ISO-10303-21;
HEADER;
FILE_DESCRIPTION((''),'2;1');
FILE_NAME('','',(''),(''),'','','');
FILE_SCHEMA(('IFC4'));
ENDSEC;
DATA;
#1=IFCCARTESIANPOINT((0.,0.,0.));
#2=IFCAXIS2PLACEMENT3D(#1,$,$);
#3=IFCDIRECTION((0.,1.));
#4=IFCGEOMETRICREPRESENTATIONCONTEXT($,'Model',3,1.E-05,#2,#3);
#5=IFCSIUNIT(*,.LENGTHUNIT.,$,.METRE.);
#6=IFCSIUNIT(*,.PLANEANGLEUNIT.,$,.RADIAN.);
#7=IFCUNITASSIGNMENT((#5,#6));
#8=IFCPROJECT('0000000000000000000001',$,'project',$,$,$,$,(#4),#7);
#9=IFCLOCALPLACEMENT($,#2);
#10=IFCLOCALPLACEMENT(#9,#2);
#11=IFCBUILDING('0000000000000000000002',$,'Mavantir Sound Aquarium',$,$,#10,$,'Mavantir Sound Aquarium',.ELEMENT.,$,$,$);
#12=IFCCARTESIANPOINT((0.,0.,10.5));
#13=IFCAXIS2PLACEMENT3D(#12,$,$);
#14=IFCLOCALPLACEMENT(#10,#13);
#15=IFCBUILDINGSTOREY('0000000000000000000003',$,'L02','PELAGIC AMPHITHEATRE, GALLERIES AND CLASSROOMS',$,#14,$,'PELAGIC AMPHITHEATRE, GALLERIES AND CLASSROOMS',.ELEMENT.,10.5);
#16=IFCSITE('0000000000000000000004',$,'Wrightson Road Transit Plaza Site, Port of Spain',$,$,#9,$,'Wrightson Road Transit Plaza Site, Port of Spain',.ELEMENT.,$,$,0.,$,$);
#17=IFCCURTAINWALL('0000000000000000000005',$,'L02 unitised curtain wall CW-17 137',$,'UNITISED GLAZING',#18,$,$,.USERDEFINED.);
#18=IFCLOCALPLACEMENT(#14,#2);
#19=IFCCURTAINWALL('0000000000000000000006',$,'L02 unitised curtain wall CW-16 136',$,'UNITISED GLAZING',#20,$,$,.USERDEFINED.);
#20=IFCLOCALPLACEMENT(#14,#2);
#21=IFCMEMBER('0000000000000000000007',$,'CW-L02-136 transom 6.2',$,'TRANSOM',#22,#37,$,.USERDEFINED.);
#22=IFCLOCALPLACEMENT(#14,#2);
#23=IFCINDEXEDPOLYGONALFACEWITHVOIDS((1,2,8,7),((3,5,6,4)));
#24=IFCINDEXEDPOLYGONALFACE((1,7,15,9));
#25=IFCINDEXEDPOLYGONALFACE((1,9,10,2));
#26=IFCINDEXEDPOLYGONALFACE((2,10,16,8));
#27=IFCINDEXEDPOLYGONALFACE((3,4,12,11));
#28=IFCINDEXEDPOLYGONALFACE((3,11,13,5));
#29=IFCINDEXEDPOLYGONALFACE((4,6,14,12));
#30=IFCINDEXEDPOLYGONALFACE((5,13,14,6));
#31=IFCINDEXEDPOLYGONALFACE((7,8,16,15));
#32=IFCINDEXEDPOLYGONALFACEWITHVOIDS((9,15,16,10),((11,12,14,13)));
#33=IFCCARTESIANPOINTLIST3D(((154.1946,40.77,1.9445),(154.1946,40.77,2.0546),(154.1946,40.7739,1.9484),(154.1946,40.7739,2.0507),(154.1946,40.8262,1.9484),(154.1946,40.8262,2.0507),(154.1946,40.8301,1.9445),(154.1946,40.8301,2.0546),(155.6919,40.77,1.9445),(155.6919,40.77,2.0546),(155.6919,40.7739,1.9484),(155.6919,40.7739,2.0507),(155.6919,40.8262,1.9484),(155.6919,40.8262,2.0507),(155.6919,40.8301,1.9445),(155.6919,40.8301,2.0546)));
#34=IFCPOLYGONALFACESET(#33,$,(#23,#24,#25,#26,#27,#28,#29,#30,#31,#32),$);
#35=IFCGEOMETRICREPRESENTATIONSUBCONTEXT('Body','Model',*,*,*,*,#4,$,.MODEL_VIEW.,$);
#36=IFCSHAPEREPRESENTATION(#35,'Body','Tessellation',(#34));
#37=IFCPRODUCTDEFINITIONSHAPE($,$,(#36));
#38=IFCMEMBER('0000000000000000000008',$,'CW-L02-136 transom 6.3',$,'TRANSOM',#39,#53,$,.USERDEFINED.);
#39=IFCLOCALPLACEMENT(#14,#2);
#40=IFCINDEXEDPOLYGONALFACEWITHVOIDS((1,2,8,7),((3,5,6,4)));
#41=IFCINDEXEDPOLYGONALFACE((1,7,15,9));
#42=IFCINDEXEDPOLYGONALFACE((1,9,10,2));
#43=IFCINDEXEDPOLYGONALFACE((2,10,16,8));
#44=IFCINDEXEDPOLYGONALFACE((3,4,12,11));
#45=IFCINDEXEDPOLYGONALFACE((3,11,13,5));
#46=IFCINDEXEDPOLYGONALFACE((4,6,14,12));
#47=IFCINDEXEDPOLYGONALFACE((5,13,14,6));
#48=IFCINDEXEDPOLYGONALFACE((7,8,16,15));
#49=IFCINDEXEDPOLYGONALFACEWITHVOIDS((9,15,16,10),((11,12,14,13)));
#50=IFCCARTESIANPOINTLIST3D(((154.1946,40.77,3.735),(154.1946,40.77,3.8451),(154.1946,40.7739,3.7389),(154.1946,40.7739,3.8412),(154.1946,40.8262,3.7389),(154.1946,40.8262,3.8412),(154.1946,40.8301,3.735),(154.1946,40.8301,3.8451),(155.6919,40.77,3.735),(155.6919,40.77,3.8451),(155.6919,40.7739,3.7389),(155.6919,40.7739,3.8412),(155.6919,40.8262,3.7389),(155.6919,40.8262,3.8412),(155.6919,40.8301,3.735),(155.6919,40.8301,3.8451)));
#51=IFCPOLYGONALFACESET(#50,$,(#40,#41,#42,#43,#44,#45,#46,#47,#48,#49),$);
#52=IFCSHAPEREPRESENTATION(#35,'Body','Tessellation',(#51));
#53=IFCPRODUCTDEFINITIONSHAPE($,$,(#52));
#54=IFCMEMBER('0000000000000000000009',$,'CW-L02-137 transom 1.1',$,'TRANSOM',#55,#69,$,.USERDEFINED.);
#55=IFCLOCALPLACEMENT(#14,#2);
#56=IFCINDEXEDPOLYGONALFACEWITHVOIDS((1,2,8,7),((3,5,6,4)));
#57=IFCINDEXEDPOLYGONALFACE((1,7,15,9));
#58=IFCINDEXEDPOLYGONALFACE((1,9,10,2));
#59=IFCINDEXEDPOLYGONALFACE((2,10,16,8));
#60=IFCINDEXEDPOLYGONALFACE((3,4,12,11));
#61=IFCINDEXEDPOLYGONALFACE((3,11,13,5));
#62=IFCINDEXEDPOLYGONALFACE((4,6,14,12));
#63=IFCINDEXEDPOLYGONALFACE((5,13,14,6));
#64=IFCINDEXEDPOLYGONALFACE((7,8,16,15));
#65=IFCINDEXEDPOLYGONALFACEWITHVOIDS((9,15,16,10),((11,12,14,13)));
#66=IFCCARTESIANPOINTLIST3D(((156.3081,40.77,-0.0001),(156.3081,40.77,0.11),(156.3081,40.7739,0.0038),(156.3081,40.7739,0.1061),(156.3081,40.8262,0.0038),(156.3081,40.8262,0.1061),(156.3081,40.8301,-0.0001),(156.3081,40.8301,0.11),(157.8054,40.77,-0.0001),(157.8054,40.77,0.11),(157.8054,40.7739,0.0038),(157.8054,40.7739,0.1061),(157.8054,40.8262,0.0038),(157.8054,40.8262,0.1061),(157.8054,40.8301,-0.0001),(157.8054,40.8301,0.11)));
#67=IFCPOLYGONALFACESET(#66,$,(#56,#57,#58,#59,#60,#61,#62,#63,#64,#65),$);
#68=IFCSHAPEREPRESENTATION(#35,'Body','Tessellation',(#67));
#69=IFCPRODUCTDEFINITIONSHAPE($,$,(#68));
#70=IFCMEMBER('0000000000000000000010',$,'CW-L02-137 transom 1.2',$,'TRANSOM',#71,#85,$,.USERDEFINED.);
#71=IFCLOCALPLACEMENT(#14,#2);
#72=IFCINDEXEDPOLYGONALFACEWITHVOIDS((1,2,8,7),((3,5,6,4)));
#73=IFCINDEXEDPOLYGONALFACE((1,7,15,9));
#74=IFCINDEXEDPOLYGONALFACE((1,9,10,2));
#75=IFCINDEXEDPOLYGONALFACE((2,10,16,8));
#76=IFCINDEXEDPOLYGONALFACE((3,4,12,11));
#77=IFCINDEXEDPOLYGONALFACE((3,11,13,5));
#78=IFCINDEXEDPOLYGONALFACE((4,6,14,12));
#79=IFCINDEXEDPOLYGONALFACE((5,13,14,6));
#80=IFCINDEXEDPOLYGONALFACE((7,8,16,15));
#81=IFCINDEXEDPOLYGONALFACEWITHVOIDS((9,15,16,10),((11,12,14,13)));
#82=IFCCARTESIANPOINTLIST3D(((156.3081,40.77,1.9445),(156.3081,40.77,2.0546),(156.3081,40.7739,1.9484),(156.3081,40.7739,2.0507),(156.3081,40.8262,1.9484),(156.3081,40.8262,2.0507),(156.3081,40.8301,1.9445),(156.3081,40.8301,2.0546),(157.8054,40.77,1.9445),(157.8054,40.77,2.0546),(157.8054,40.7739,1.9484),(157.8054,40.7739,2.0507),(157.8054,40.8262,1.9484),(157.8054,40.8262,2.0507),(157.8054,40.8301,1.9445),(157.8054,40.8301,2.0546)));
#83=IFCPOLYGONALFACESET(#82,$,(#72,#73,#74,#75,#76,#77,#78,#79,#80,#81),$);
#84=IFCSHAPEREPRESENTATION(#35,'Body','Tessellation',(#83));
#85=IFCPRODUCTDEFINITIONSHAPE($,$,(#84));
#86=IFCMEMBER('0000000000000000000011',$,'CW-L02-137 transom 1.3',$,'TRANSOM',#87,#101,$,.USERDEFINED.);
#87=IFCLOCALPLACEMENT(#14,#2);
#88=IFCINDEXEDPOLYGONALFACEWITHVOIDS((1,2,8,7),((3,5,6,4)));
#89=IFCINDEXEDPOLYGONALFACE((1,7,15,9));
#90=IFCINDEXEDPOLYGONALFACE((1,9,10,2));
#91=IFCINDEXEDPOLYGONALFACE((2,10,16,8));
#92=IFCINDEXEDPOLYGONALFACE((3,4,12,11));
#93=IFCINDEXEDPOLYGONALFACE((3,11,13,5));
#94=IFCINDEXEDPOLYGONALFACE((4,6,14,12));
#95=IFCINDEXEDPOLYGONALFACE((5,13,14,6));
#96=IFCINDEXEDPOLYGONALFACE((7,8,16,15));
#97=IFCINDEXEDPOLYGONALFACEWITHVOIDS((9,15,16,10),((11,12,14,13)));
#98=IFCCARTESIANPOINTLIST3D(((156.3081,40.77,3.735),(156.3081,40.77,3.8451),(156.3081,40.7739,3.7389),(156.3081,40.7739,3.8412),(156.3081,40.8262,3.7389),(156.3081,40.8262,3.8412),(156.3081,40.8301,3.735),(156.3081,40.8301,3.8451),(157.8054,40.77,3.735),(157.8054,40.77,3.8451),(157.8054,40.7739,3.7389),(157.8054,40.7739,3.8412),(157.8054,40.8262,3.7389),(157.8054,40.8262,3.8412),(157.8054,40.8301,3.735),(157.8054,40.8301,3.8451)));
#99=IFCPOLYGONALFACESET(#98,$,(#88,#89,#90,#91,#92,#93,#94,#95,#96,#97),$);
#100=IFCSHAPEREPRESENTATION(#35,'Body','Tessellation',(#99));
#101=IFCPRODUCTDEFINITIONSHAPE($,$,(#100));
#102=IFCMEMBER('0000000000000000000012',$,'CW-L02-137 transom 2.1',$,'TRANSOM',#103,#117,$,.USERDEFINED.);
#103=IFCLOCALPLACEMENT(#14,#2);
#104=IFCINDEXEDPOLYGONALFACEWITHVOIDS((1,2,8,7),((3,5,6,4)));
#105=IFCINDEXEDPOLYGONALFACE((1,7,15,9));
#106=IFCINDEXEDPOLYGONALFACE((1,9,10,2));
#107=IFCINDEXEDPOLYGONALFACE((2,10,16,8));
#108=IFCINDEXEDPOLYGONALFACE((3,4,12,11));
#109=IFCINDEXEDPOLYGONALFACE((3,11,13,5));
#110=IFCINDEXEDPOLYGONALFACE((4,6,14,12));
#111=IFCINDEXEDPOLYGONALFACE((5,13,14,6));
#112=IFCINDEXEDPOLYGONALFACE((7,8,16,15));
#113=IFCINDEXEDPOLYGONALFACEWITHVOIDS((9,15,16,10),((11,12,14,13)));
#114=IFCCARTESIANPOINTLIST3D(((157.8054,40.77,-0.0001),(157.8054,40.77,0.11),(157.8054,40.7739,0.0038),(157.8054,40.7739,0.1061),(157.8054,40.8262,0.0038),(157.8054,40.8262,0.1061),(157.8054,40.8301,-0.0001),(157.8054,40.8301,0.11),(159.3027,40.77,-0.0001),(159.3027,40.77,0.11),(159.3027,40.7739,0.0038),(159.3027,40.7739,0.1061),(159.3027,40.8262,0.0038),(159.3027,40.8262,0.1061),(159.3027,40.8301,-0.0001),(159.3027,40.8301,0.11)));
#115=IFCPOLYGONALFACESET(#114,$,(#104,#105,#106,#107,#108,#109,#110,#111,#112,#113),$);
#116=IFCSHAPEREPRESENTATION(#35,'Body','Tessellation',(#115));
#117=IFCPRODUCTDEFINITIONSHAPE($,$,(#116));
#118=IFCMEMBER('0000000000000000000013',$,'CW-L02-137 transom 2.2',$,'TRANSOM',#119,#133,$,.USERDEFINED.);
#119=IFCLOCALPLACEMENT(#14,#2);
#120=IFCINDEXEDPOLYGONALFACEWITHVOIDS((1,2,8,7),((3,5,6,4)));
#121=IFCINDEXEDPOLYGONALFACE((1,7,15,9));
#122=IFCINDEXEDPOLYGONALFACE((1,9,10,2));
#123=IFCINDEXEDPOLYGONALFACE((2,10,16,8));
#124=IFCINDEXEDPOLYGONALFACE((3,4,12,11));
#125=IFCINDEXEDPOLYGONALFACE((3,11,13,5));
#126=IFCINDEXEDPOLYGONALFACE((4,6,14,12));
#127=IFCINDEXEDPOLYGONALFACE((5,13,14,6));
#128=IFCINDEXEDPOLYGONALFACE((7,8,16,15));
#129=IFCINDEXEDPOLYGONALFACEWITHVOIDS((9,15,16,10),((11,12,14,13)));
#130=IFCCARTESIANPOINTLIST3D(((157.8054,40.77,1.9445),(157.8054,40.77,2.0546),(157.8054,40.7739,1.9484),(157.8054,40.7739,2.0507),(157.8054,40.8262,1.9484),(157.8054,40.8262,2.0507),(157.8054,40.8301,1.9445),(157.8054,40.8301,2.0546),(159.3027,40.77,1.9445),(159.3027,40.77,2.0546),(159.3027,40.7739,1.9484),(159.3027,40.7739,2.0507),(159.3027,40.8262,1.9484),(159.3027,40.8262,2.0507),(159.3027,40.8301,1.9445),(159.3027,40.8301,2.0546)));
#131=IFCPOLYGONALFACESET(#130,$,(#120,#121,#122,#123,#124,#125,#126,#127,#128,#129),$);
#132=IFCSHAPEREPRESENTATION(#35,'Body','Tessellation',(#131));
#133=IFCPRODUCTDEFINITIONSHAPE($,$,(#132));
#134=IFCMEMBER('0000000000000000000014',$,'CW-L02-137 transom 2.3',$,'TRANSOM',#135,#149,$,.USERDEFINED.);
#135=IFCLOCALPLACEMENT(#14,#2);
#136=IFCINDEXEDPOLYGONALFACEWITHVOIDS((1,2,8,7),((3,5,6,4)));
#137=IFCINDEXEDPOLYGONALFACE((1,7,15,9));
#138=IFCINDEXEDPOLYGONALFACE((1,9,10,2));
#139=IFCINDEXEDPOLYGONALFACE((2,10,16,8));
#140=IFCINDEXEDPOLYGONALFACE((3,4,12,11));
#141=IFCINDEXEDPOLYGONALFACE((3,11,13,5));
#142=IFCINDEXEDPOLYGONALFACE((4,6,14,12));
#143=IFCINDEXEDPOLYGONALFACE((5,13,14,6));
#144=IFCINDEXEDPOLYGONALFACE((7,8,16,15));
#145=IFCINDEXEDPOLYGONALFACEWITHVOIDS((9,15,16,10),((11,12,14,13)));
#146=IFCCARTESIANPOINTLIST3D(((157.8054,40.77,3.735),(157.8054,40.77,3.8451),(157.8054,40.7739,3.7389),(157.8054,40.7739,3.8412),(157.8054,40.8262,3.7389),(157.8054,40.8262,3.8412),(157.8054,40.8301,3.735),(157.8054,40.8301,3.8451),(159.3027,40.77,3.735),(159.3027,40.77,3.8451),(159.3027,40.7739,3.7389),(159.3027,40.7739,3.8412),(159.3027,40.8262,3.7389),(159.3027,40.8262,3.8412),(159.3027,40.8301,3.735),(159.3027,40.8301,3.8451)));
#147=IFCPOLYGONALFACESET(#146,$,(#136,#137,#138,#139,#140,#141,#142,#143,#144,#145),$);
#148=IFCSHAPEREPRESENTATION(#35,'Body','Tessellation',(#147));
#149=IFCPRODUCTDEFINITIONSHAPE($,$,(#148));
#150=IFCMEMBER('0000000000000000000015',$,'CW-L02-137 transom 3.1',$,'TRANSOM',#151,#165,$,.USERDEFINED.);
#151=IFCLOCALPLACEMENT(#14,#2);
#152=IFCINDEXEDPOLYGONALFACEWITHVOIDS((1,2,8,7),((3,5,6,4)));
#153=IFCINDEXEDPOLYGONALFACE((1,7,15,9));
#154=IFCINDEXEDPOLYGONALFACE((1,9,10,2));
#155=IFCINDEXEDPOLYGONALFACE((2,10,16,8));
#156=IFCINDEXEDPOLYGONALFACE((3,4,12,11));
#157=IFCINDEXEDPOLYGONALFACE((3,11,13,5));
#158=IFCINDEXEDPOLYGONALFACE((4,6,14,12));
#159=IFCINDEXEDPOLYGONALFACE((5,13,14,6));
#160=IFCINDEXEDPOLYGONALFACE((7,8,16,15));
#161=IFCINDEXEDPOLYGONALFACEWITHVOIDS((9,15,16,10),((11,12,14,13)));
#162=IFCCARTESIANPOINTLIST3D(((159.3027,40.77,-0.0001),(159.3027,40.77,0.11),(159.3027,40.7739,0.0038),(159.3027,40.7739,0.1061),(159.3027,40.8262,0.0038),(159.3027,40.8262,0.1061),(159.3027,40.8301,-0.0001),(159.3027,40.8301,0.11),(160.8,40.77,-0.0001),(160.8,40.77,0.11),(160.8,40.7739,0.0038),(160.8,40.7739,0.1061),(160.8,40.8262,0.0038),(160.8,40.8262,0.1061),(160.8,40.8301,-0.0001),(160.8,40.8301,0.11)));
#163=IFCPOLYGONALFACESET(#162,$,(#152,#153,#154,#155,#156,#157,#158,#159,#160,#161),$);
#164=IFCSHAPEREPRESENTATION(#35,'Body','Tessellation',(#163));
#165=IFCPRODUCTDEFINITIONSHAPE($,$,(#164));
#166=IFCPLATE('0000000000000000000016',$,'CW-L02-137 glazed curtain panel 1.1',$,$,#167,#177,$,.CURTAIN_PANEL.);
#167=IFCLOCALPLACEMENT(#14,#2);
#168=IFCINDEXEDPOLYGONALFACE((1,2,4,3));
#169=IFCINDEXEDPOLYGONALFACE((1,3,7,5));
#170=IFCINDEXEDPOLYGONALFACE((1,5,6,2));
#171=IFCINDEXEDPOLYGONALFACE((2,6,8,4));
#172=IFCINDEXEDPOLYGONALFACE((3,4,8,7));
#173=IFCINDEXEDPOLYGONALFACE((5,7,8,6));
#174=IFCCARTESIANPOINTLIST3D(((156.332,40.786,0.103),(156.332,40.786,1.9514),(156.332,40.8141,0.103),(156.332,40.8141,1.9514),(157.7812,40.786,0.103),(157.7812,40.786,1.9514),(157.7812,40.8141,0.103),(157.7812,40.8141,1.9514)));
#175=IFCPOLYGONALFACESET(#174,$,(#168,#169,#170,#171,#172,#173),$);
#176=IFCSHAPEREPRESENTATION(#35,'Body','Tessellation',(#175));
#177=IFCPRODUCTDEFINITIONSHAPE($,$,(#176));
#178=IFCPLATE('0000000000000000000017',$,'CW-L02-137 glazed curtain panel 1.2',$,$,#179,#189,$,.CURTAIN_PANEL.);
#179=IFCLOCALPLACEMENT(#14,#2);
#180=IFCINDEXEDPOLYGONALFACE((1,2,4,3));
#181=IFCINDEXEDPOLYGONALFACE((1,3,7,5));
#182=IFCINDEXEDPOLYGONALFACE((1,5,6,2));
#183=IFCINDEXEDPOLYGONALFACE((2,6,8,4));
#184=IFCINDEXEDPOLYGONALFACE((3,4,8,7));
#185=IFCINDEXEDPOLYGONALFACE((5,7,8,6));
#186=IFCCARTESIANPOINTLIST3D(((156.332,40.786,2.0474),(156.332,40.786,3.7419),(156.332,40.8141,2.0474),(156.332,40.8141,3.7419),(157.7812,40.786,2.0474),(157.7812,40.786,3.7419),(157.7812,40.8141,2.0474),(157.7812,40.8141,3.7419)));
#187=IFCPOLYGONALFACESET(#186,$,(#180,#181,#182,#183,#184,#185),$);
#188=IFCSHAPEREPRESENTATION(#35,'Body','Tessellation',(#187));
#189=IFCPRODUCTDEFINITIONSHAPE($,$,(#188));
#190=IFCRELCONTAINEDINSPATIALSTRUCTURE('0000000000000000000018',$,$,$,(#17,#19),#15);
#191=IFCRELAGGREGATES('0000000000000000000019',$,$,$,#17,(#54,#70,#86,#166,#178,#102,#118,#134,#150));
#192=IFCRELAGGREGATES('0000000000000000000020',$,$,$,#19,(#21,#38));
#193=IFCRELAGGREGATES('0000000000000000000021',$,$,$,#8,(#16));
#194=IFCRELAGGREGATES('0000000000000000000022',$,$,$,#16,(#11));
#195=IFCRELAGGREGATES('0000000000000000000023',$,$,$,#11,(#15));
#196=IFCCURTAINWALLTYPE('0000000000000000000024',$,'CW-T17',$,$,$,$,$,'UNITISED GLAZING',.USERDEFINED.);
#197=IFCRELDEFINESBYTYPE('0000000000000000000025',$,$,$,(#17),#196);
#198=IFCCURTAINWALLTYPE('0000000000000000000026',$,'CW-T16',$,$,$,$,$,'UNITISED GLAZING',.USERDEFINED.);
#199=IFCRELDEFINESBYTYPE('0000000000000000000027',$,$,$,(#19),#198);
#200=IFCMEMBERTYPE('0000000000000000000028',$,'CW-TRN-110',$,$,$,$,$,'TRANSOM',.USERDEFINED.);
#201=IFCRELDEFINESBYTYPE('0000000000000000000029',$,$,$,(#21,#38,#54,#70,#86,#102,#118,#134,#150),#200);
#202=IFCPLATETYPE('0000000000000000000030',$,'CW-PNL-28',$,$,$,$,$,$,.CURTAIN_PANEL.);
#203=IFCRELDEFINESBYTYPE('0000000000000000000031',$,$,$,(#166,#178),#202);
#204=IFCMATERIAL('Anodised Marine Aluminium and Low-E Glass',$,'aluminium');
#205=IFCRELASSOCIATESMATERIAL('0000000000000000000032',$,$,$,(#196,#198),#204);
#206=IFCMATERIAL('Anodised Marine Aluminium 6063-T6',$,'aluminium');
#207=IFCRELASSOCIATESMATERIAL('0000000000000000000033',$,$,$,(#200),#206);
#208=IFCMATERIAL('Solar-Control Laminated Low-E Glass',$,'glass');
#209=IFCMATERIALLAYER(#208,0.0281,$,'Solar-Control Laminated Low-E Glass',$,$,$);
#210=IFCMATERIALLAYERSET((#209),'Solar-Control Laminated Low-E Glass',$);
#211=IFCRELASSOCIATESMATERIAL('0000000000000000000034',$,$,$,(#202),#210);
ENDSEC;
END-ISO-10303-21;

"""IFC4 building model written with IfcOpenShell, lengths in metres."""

from ifc_helpers import new_model, si_unit, direction, frame, origin, origin_2d, place, context, subcontext, project, spatial, rectangle, hollow_rectangle, extrude, material, layer, layer_set, material_profile, profile_set, type_object, element, aggregate, save


model = new_model("IFC4")

# Units and contexts
model_context = context("Model", 3, precision=1e-05, world=origin(), true_north=direction((0.0, 1.0)))
body_context = subcontext(model_context, "Body", "Model", "MODEL_VIEW")
ifc_project = project(units=[si_unit("LENGTHUNIT", "METRE"), si_unit("PLANEANGLEUNIT", "RADIAN")], contexts=[model_context])

# Site, building, storey
site_placement = place(None, origin())
site = spatial("IfcSite", under=ifc_project, at=site_placement, Name="Wrightson Road Transit Plaza Site, Port of Spain", LongName="Wrightson Road Transit Plaza Site, Port of Spain", CompositionType="ELEMENT", RefElevation=0.0)
building_placement = place(site_placement, origin())
building = spatial("IfcBuilding", under=site, at=building_placement, Name="Mavantir Sound Aquarium", LongName="Mavantir Sound Aquarium", CompositionType="ELEMENT")
storey_placement = place(building_placement, frame((0.0, 0.0, 10.5)))
storey = spatial("IfcBuildingStorey", under=building, at=storey_placement, Name="L02", Description="PELAGIC AMPHITHEATRE, GALLERIES AND CLASSROOMS", LongName="PELAGIC AMPHITHEATRE, GALLERIES AND CLASSROOMS", CompositionType="ELEMENT", Elevation=10.5)

# Curtain walls, members
ifc_material_1 = material(Name="Anodised Marine Aluminium and Low-E Glass", Category="aluminium")
curtain_wall_type_1 = type_object("IfcCurtainWallType", Name="CW-T17", ElementType="UNITISED GLAZING", PredefinedType="USERDEFINED", material=ifc_material_1)
curtain_wall_1_placement = place(storey_placement, origin())
curtain_wall_1 = element("IfcCurtainWall", 1, at=curtain_wall_1_placement, inside=storey, type_object=curtain_wall_type_1, Name="L02 unitised curtain wall CW-17 137", ObjectType="UNITISED GLAZING", PredefinedType="USERDEFINED")
ifc_material_2 = material(Name="Anodised Marine Aluminium 6063-T6", Category="aluminium")
curtain_wall_type_2 = type_object("IfcCurtainWallType", Name="CW-T16", ElementType="UNITISED GLAZING", PredefinedType="USERDEFINED", material=ifc_material_1)
curtain_wall_2_placement = place(storey_placement, origin())
curtain_wall_2 = element("IfcCurtainWall", 2, at=curtain_wall_2_placement, inside=storey, type_object=curtain_wall_type_2, Name="L02 unitised curtain wall CW-16 136", ObjectType="UNITISED GLAZING", PredefinedType="USERDEFINED")
ifc_material_profile_1 = material_profile(ifc_material_2, hollow_rectangle(XDim=0.0601, YDim=0.1101, WallThickness=0.0039, at=origin_2d()), Name="ALU-TRANSOM-110X60")
ifc_profile_set_1 = profile_set([ifc_material_profile_1], Name="Anodised Marine Aluminium 6063-T6")
member_type_1 = type_object("IfcMemberType", Name="CW-TRN-110", ElementType="TRANSOM", PredefinedType="USERDEFINED", material=ifc_profile_set_1)
member_1_placement = place(storey_placement, frame((154.1946, 40.8, 1.9995), z_axis=(1.0, 0.0, 0.0), x_axis=(0.0, 1.0, 0.0)))
member_1 = element("IfcMember", 3, at=member_1_placement, type_object=member_type_1, Name="CW-L02-136 transom 6.2", ObjectType="TRANSOM", PredefinedType="USERDEFINED", context=body_context, shape_type="SweptSolid", body=[
    extrude(hollow_rectangle(XDim=0.0601, YDim=0.1101, WallThickness=0.0039, at=origin_2d()), origin(), (0.0, 0.0, 1.0), 1.4973),
])
member_2_placement = place(storey_placement, frame((154.1946, 40.8, 3.79), z_axis=(1.0, 0.0, 0.0), x_axis=(0.0, 1.0, 0.0)))
member_2 = element("IfcMember", 4, at=member_2_placement, type_object=member_type_1, Name="CW-L02-136 transom 6.3", ObjectType="TRANSOM", PredefinedType="USERDEFINED", context=body_context, shape_type="SweptSolid", body=[
    extrude(hollow_rectangle(XDim=0.0601, YDim=0.1101, WallThickness=0.0039, at=origin_2d()), origin(), (0.0, 0.0, 1.0), 1.4973),
])

# Members
member_3_placement = place(storey_placement, frame((156.3081, 40.8, 0.0549), z_axis=(1.0, 0.0, 0.0), x_axis=(0.0, 1.0, 0.0)))
member_3 = element("IfcMember", 5, at=member_3_placement, type_object=member_type_1, Name="CW-L02-137 transom 1.1", ObjectType="TRANSOM", PredefinedType="USERDEFINED", context=body_context, shape_type="SweptSolid", body=[
    extrude(hollow_rectangle(XDim=0.0601, YDim=0.1101, WallThickness=0.0039, at=origin_2d()), origin(), (0.0, 0.0, 1.0), 1.4973),
])
member_4_placement = place(storey_placement, frame((156.3081, 40.8, 1.9995), z_axis=(1.0, 0.0, 0.0), x_axis=(0.0, 1.0, 0.0)))
member_4 = element("IfcMember", 6, at=member_4_placement, type_object=member_type_1, Name="CW-L02-137 transom 1.2", ObjectType="TRANSOM", PredefinedType="USERDEFINED", context=body_context, shape_type="SweptSolid", body=[
    extrude(hollow_rectangle(XDim=0.0601, YDim=0.1101, WallThickness=0.0039, at=origin_2d()), origin(), (0.0, 0.0, 1.0), 1.4973),
])
member_5_placement = place(storey_placement, frame((156.3081, 40.8, 3.79), z_axis=(1.0, 0.0, 0.0), x_axis=(0.0, 1.0, 0.0)))
member_5 = element("IfcMember", 7, at=member_5_placement, type_object=member_type_1, Name="CW-L02-137 transom 1.3", ObjectType="TRANSOM", PredefinedType="USERDEFINED", context=body_context, shape_type="SweptSolid", body=[
    extrude(hollow_rectangle(XDim=0.0601, YDim=0.1101, WallThickness=0.0039, at=origin_2d()), origin(), (0.0, 0.0, 1.0), 1.4973),
])
member_6_placement = place(storey_placement, frame((157.8054, 40.8, 0.0549), z_axis=(1.0, 0.0, 0.0), x_axis=(0.0, 1.0, 0.0)))
member_6 = element("IfcMember", 8, at=member_6_placement, type_object=member_type_1, Name="CW-L02-137 transom 2.1", ObjectType="TRANSOM", PredefinedType="USERDEFINED", context=body_context, shape_type="SweptSolid", body=[
    extrude(hollow_rectangle(XDim=0.0601, YDim=0.1101, WallThickness=0.0039, at=origin_2d()), origin(), (0.0, 0.0, 1.0), 1.4973),
])
member_7_placement = place(storey_placement, frame((157.8054, 40.8, 1.9995), z_axis=(1.0, 0.0, 0.0), x_axis=(0.0, 1.0, 0.0)))
member_7 = element("IfcMember", 9, at=member_7_placement, type_object=member_type_1, Name="CW-L02-137 transom 2.2", ObjectType="TRANSOM", PredefinedType="USERDEFINED", context=body_context, shape_type="SweptSolid", body=[
    extrude(hollow_rectangle(XDim=0.0601, YDim=0.1101, WallThickness=0.0039, at=origin_2d()), origin(), (0.0, 0.0, 1.0), 1.4973),
])
member_8_placement = place(storey_placement, frame((157.8054, 40.8, 3.79), z_axis=(1.0, 0.0, 0.0), x_axis=(0.0, 1.0, 0.0)))
member_8 = element("IfcMember", 10, at=member_8_placement, type_object=member_type_1, Name="CW-L02-137 transom 2.3", ObjectType="TRANSOM", PredefinedType="USERDEFINED", context=body_context, shape_type="SweptSolid", body=[
    extrude(hollow_rectangle(XDim=0.0601, YDim=0.1101, WallThickness=0.0039, at=origin_2d()), origin(), (0.0, 0.0, 1.0), 1.4973),
])
member_9_placement = place(storey_placement, frame((159.3027, 40.8, 0.0549), z_axis=(1.0, 0.0, 0.0), x_axis=(0.0, 1.0, 0.0)))
member_9 = element("IfcMember", 11, at=member_9_placement, type_object=member_type_1, Name="CW-L02-137 transom 3.1", ObjectType="TRANSOM", PredefinedType="USERDEFINED", context=body_context, shape_type="SweptSolid", body=[
    extrude(hollow_rectangle(XDim=0.0601, YDim=0.1101, WallThickness=0.0039, at=origin_2d()), origin(), (0.0, 0.0, 1.0), 1.4973),
])

# Plates
ifc_material_3 = material(Name="Solar-Control Laminated Low-E Glass", Category="glass")
ifc_layer_1 = layer(ifc_material_3, 0.0281, Name="Solar-Control Laminated Low-E Glass")
ifc_layer_set_1 = layer_set([ifc_layer_1], Name="Solar-Control Laminated Low-E Glass")
plate_type_1 = type_object("IfcPlateType", Name="CW-PNL-28", PredefinedType="CURTAIN_PANEL", material=ifc_layer_set_1)
plate_1_placement = place(storey_placement, frame((157.0566, 40.8, 0.103), z_axis=(0.0, 0.0, 1.0), x_axis=(1.0, 0.0, 0.0)))
plate_1 = element("IfcPlate", 12, at=plate_1_placement, type_object=plate_type_1, Name="CW-L02-137 glazed curtain panel 1.1", PredefinedType="CURTAIN_PANEL", context=body_context, shape_type="SweptSolid", body=[
    extrude(rectangle(XDim=1.4492, YDim=0.0281, at=origin_2d()), origin(), (0.0, 0.0, 1.0), 1.8484),
])
plate_2_placement = place(storey_placement, frame((157.0566, 40.8, 2.0474), z_axis=(0.0, 0.0, 1.0), x_axis=(1.0, 0.0, 0.0)))
plate_2 = element("IfcPlate", 13, at=plate_2_placement, type_object=plate_type_1, Name="CW-L02-137 glazed curtain panel 1.2", PredefinedType="CURTAIN_PANEL", context=body_context, shape_type="SweptSolid", body=[
    extrude(rectangle(XDim=1.4492, YDim=0.0281, at=origin_2d()), origin(), (0.0, 0.0, 1.0), 1.6946),
])
aggregate(curtain_wall_1, [member_3, member_4, member_5, plate_1, plate_2, member_6, member_7, member_8, member_9])
aggregate(curtain_wall_2, [member_1, member_2])

save(model, "model.ifc")
